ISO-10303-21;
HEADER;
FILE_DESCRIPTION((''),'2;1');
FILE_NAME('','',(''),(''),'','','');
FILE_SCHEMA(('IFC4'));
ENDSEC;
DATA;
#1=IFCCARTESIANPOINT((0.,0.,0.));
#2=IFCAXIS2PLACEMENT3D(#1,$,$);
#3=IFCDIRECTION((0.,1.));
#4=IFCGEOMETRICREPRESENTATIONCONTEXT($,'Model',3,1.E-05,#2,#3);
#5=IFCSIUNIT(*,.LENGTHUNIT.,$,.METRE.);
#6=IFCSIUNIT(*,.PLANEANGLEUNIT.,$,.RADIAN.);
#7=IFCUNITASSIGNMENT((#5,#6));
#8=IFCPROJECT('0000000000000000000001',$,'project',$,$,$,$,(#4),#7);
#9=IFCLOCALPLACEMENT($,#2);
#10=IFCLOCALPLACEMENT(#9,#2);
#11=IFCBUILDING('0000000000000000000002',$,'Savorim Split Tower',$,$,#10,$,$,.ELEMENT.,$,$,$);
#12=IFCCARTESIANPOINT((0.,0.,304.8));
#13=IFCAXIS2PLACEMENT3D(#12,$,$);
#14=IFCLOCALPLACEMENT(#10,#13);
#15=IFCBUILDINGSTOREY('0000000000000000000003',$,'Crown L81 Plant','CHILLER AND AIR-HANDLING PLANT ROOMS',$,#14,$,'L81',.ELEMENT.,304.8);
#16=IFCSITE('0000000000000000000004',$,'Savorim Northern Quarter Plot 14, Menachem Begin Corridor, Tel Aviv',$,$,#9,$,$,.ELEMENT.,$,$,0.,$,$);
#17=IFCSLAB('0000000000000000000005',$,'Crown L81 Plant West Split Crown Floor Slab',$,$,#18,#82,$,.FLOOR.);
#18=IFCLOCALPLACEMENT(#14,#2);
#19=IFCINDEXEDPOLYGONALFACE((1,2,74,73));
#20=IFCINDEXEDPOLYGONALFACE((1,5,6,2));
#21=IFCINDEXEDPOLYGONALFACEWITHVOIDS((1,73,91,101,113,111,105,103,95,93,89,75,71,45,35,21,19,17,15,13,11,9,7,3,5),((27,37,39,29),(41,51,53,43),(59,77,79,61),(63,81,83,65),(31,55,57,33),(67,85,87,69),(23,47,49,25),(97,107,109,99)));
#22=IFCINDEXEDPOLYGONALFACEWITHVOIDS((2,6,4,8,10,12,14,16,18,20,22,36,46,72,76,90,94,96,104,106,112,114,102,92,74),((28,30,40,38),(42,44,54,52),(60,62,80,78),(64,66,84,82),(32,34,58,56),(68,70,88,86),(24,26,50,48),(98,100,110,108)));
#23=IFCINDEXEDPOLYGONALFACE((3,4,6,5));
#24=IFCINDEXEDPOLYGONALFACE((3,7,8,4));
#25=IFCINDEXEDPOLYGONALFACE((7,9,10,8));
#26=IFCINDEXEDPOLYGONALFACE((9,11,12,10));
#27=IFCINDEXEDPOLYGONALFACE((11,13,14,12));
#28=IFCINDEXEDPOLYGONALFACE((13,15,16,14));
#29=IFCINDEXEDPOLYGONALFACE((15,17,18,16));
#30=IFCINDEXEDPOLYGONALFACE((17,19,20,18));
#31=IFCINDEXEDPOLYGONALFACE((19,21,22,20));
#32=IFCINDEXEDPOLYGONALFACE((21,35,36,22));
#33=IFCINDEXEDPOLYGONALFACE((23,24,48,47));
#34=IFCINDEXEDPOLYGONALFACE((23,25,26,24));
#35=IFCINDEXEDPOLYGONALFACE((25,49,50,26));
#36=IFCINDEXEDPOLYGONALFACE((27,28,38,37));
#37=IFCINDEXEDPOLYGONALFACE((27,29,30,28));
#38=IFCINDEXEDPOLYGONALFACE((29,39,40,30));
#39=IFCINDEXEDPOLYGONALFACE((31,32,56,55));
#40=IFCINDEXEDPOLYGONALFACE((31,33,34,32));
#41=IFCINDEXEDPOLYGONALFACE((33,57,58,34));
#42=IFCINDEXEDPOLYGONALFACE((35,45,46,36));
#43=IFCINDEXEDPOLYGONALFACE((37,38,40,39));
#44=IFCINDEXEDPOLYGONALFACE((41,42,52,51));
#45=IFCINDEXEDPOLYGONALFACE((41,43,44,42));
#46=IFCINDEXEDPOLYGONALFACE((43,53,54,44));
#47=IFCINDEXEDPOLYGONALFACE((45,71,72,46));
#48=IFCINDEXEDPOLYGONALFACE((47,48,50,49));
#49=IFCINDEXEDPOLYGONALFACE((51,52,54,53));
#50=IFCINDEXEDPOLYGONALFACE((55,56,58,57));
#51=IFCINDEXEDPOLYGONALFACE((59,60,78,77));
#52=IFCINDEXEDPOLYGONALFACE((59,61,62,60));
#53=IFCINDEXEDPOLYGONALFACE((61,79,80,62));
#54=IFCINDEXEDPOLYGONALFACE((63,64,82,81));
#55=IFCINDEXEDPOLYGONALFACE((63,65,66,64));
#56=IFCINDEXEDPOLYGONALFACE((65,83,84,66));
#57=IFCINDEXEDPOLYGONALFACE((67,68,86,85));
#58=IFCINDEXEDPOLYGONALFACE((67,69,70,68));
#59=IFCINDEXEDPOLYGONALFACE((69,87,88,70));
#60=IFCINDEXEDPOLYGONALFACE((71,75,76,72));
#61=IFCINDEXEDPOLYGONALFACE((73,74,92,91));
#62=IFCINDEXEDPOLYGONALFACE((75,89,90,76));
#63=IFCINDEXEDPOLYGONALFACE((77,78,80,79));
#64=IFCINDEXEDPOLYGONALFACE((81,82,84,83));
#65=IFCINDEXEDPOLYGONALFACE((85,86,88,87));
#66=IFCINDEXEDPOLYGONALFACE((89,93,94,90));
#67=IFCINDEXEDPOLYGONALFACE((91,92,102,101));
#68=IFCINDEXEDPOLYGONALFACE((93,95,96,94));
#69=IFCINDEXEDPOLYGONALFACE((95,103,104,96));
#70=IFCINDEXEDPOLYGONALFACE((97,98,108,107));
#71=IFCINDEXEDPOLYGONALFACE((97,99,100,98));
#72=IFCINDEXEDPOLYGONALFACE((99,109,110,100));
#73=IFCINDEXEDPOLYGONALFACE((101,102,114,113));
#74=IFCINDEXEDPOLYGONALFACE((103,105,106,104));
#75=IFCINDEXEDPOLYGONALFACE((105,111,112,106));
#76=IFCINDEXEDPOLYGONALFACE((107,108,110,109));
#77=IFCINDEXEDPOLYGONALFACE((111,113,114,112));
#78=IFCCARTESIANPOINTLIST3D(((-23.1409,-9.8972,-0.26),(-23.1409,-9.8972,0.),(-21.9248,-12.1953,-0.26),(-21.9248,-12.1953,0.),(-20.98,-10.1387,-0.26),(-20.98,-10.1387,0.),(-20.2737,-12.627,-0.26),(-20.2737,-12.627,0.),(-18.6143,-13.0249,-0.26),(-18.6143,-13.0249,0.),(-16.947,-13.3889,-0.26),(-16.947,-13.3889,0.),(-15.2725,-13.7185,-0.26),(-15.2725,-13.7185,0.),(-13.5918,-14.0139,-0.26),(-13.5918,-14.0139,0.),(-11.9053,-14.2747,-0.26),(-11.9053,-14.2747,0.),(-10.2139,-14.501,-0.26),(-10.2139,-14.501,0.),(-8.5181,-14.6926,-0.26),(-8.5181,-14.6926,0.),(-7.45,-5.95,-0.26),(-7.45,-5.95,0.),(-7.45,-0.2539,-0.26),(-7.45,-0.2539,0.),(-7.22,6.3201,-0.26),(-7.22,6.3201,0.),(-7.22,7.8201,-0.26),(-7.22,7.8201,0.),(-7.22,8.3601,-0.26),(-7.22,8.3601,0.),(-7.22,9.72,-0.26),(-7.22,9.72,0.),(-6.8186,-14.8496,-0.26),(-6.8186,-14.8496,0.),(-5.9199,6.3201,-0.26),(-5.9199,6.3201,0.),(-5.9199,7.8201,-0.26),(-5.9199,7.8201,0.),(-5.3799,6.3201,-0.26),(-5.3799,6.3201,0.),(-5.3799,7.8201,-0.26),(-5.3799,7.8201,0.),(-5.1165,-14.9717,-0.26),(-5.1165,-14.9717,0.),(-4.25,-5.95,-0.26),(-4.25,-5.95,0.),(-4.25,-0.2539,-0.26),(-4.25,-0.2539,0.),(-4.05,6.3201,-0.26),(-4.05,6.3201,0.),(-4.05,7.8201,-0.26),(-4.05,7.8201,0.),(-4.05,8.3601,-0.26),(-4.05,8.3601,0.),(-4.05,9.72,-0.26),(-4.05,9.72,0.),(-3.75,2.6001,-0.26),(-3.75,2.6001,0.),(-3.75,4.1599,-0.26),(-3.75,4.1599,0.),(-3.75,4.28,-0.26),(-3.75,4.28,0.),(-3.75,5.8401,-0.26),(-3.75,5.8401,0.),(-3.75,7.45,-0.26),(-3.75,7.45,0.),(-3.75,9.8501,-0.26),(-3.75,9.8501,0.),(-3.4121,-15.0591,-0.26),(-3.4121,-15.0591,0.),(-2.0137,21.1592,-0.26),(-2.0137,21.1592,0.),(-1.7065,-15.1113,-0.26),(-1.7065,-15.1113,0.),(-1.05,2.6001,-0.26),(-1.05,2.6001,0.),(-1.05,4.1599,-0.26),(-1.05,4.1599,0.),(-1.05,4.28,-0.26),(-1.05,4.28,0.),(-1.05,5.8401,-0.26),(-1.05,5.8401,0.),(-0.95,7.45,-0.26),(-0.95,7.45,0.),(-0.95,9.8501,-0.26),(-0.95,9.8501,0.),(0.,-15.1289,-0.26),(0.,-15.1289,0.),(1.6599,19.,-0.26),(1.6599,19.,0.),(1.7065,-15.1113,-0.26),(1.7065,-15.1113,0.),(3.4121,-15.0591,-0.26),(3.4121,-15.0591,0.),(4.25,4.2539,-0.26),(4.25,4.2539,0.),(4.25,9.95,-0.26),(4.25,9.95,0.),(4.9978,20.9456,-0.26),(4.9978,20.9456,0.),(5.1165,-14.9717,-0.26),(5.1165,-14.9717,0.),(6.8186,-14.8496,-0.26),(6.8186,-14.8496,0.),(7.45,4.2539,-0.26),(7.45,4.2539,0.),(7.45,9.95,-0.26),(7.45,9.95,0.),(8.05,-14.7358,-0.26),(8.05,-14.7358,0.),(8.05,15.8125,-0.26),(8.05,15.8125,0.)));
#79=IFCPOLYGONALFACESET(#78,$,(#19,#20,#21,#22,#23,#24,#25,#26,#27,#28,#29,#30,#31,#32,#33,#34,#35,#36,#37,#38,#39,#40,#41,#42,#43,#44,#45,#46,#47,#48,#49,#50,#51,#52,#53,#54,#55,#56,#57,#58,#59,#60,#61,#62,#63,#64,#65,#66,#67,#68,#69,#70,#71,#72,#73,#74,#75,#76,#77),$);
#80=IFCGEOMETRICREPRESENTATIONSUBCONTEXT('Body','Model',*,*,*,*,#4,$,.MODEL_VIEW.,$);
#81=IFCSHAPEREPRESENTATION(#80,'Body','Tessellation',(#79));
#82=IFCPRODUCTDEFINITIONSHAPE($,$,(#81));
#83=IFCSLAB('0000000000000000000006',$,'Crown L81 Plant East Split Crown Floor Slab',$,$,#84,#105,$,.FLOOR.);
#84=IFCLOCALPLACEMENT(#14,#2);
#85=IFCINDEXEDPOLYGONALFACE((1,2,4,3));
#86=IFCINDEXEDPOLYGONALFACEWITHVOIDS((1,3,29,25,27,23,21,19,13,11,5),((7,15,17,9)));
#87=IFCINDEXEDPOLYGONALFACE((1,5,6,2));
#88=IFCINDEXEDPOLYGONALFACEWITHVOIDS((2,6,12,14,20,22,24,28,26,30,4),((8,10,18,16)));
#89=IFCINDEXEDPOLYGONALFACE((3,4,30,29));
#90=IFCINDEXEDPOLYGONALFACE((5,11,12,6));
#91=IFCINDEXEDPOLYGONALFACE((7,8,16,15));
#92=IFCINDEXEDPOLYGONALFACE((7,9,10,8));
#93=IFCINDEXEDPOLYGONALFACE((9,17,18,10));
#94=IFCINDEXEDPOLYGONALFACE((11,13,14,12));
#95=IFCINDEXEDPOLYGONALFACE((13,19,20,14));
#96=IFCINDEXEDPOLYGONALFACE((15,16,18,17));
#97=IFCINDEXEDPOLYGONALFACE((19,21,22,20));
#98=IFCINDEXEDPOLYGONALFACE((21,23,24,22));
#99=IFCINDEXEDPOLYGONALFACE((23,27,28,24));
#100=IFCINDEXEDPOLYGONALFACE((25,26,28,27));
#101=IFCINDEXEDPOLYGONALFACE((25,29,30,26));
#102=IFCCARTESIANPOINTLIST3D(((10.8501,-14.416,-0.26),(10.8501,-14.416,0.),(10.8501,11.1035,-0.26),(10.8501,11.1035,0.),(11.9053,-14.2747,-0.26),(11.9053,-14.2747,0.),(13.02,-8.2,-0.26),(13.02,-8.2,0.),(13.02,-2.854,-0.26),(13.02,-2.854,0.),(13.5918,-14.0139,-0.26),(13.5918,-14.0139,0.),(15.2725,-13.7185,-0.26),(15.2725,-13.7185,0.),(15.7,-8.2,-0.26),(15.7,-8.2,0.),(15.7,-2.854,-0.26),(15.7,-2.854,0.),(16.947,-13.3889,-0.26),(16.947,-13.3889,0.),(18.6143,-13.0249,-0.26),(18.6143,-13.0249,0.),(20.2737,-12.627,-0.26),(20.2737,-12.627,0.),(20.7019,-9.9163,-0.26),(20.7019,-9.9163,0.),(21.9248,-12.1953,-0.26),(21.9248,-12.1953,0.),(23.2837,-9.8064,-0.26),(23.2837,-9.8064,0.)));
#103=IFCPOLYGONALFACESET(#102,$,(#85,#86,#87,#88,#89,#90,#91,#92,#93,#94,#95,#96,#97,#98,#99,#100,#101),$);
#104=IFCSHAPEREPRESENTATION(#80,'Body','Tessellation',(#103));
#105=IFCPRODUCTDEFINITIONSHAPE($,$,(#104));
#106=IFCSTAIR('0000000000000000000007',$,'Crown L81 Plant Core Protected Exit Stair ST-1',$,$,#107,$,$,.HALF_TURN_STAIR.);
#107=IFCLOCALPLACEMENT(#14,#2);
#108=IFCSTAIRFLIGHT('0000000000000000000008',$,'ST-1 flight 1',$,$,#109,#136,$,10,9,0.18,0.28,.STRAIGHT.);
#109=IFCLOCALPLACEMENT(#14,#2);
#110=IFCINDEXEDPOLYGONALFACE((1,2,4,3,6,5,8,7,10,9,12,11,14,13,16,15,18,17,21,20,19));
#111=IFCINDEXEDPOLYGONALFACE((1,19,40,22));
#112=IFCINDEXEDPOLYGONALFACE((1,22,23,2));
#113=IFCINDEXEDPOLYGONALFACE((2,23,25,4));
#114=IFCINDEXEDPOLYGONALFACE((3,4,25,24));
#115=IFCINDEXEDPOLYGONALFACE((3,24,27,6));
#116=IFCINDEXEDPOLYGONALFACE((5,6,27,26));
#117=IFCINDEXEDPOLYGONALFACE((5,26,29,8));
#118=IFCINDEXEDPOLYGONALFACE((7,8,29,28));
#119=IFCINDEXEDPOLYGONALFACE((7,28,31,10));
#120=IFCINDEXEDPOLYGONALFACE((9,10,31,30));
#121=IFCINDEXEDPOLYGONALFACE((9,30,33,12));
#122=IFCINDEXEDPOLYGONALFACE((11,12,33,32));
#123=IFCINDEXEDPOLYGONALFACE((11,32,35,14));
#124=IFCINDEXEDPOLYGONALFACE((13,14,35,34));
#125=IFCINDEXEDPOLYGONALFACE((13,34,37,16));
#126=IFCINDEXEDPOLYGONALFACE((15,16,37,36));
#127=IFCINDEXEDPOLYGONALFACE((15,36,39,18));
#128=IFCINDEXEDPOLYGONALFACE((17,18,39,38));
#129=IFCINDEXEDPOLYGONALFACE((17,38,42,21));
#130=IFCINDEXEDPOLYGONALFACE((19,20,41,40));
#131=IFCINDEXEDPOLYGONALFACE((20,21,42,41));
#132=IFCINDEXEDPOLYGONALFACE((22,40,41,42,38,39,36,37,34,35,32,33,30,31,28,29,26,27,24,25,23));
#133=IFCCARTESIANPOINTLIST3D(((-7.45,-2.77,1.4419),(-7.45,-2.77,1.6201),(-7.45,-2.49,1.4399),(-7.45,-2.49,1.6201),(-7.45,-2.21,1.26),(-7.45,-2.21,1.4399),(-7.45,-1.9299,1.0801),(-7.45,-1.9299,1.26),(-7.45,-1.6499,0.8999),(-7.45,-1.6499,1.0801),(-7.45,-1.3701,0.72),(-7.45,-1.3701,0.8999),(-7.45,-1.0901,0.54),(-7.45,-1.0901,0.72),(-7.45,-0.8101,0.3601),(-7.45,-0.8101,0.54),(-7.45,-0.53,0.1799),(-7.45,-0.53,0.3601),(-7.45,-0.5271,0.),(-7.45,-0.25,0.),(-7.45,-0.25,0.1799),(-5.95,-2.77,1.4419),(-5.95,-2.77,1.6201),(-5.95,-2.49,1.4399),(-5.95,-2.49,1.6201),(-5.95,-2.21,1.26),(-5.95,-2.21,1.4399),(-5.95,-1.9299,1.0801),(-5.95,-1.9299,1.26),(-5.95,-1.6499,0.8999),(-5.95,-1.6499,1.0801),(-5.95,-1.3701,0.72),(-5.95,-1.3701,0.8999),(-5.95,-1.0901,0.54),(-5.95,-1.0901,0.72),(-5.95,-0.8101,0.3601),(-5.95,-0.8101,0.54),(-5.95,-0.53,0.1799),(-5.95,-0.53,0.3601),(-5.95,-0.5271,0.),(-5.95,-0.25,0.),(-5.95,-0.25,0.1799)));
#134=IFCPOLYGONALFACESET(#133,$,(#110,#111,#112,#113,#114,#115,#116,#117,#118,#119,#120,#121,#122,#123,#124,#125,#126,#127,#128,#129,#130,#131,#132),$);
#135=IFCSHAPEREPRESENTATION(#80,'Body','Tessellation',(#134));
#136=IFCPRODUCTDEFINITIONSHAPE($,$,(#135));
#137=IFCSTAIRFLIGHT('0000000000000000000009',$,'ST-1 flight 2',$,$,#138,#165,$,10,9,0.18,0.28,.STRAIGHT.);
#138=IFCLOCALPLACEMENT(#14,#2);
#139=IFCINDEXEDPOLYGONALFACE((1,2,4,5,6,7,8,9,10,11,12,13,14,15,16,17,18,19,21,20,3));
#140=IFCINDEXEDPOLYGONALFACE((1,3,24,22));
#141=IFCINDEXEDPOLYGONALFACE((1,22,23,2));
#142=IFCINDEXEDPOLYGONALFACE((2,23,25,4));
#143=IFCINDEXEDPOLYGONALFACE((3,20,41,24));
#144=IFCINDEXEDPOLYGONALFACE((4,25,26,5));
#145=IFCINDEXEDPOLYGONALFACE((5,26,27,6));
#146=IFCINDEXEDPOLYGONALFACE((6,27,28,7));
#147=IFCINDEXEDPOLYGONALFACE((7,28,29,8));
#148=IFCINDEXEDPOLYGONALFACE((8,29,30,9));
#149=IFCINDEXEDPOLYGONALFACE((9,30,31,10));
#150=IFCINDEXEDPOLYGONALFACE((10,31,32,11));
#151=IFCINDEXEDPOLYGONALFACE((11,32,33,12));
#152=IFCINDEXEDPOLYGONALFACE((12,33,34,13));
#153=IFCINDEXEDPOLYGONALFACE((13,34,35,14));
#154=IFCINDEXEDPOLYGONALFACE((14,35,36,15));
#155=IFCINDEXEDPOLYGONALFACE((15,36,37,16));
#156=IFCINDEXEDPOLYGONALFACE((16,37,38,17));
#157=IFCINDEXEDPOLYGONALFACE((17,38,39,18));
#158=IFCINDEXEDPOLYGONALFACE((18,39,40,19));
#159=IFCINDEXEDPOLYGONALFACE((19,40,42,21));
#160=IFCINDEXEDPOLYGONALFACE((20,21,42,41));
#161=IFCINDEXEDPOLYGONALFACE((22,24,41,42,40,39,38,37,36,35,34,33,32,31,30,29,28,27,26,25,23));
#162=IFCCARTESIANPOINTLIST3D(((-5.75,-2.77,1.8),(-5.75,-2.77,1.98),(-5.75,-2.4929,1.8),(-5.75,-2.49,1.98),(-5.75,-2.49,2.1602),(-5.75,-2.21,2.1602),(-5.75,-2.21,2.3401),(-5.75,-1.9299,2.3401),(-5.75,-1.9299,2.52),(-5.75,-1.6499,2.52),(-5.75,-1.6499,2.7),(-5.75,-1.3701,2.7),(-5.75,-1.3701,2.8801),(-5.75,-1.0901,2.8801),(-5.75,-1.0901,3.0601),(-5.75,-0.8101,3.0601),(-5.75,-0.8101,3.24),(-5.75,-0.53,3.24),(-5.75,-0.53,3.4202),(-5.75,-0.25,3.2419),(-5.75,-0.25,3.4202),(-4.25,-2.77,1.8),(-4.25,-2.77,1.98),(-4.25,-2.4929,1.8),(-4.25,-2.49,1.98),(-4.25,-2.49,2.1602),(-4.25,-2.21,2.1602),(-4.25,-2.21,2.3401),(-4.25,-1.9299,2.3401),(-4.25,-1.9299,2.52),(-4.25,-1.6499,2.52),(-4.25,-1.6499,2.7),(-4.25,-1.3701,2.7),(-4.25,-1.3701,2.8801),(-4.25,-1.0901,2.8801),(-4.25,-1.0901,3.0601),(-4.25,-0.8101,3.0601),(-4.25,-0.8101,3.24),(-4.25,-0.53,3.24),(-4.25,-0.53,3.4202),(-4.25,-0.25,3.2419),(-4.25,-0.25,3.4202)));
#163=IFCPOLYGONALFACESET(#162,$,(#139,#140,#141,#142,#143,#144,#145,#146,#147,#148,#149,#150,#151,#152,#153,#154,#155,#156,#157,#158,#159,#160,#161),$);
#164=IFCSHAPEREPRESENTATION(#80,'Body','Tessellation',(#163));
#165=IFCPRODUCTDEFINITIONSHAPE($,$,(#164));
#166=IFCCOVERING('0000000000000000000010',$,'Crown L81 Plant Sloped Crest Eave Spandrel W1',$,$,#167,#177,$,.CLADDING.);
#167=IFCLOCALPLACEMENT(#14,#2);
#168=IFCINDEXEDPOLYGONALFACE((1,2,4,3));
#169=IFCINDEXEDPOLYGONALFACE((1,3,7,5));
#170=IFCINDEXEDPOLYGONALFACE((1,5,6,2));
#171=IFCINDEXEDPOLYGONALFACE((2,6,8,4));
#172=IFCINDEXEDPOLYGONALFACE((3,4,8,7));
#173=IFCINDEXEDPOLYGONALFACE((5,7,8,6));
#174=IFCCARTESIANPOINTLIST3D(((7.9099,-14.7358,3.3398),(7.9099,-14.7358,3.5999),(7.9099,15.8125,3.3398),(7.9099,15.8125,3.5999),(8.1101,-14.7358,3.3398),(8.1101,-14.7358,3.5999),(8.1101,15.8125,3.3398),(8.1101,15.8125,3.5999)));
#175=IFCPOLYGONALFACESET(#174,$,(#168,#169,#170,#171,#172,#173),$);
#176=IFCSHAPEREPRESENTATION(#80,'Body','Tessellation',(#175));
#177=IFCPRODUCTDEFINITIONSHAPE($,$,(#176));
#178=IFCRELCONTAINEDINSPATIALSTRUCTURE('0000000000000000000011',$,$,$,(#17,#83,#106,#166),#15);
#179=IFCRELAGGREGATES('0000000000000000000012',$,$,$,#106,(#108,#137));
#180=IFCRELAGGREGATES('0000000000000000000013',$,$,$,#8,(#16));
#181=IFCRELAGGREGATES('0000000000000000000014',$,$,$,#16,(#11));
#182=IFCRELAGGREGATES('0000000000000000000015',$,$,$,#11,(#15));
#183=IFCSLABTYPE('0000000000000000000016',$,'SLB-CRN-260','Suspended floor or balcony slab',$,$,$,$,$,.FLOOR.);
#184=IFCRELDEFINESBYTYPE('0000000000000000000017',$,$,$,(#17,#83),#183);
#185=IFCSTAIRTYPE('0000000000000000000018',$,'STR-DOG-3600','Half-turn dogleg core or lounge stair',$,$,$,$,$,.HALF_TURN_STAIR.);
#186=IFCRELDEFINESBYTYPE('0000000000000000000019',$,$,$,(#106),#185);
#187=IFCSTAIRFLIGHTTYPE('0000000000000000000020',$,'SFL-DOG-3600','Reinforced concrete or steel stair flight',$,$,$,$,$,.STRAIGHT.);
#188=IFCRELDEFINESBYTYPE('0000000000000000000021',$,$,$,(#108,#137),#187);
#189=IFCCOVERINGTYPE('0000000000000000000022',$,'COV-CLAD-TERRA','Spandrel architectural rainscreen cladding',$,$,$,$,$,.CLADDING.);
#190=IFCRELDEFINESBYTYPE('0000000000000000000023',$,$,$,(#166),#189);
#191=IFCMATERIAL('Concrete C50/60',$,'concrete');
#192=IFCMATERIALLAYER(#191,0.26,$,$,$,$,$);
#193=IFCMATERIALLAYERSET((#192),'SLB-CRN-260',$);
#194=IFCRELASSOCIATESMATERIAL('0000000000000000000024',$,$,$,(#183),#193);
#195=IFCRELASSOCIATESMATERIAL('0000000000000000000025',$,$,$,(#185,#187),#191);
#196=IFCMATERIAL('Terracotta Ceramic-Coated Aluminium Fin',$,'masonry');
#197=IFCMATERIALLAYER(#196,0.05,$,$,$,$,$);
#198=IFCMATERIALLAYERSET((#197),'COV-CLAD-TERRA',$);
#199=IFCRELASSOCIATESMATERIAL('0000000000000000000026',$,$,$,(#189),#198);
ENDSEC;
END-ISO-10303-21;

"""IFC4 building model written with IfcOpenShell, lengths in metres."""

from ifc_helpers import new_model, si_unit, direction, frame, origin, place, context, subcontext, project, spatial, polyline, outline, extrude, material, layer, layer_set, type_object, element, aggregate, save


model = new_model("IFC4")

# Units and contexts
model_context = context("Model", 3, precision=1e-05, world=origin(), true_north=direction((0.0, 1.0)))
body_context = subcontext(model_context, "Body", "Model", "MODEL_VIEW")
ifc_project = project(units=[si_unit("LENGTHUNIT", "METRE"), si_unit("PLANEANGLEUNIT", "RADIAN")], contexts=[model_context])

# Site, building, storey
site_placement = place(None, origin())
site = spatial("IfcSite", under=ifc_project, at=site_placement, Name="Savorim Northern Quarter Plot 14, Menachem Begin Corridor, Tel Aviv", CompositionType="ELEMENT", RefElevation=0.0)
building_placement = place(site_placement, origin())
building = spatial("IfcBuilding", under=site, at=building_placement, Name="Savorim Split Tower", CompositionType="ELEMENT")
storey_placement = place(building_placement, frame((0.0, 0.0, 304.8)))
storey = spatial("IfcBuildingStorey", under=building, at=storey_placement, Name="Crown L81 Plant", Description="CHILLER AND AIR-HANDLING PLANT ROOMS", LongName="L81", CompositionType="ELEMENT", Elevation=304.8)

# Slabs
ifc_material_1 = material(Name="Concrete C50/60", Category="concrete")
ifc_layer_1 = layer(ifc_material_1, 0.26)
ifc_layer_set_1 = layer_set([ifc_layer_1], Name="SLB-CRN-260")
slab_type = type_object("IfcSlabType", Name="SLB-CRN-260", Description="Suspended floor or balcony slab", PredefinedType="FLOOR", material=ifc_layer_set_1)
slab_1_placement = place(storey_placement, frame((0.0, 0.0, -0.26)))
element("IfcSlab", 1, at=slab_1_placement, inside=storey, type_object=slab_type, Name="Crown L81 Plant West Split Crown Floor Slab", PredefinedType="FLOOR", context=body_context, shape_type="SweptSolid", body=[
    extrude(outline(polyline([(8.05, -14.7358), (8.05, 15.8125), (4.9978, 20.9456), (1.6599, 19.0), (-2.0137, 21.1592), (-23.1409, -9.8972), (-20.98, -10.1387), (-21.9248, -12.1953), (-20.2737, -12.627), (-18.6143, -13.0249), (-16.947, -13.3889), (-15.2725, -13.7185), (-13.5918, -14.0139), (-11.9053, -14.2747), (-10.2139, -14.501), (-8.5181, -14.6926), (-6.8186, -14.8496), (-5.1165, -14.9717), (-3.4121, -15.0591), (-1.7065, -15.1113), (0.0, -15.1289), (1.7065, -15.1113), (3.4121, -15.0591), (5.1165, -14.9717), (6.8186, -14.8496), (8.05, -14.7358)]), holes=[polyline([(-7.45, -0.2539), (-7.45, -5.95), (-4.25, -5.95), (-4.25, -0.2539), (-7.45, -0.2539)]), polyline([(7.45, 4.2539), (7.45, 9.95), (4.25, 9.95), (4.25, 4.2539), (7.45, 4.2539)]), polyline([(-3.75, 2.6001), (-1.05, 2.6001), (-1.05, 4.1599), (-3.75, 4.1599), (-3.75, 2.6001)]), polyline([(-3.75, 4.28), (-1.05, 4.28), (-1.05, 5.8401), (-3.75, 5.8401), (-3.75, 4.28)]), polyline([(-3.75, 7.45), (-0.95, 7.45), (-0.95, 9.8501), (-3.75, 9.8501), (-3.75, 7.45)]), polyline([(-7.22, 6.3201), (-5.9199, 6.3201), (-5.9199, 7.8201), (-7.22, 7.8201), (-7.22, 6.3201)]), polyline([(-5.3799, 6.3201), (-4.05, 6.3201), (-4.05, 7.8201), (-5.3799, 7.8201), (-5.3799, 6.3201)]), polyline([(-7.22, 8.3601), (-4.05, 8.3601), (-4.05, 9.72), (-7.22, 9.72), (-7.22, 8.3601)])]), origin(), (0.0, 0.0, 1.0), 0.26),
])
slab_2_placement = place(storey_placement, frame((0.0, 0.0, -0.26)))
element("IfcSlab", 2, at=slab_2_placement, inside=storey, type_object=slab_type, Name="Crown L81 Plant East Split Crown Floor Slab", PredefinedType="FLOOR", context=body_context, shape_type="SweptSolid", body=[
    extrude(outline(polyline([(10.8501, 11.1035), (10.8501, -14.416), (11.9053, -14.2747), (13.5918, -14.0139), (15.2725, -13.7185), (16.947, -13.3889), (18.6143, -13.0249), (20.2737, -12.627), (21.9248, -12.1953), (20.7019, -9.9163), (23.2837, -9.8064), (10.8501, 11.1035)]), holes=[polyline([(13.02, -2.854), (13.02, -8.2), (15.7, -8.2), (15.7, -2.854), (13.02, -2.854)])]), origin(), (0.0, 0.0, 1.0), 0.26),
])

# Stair, stair flights
stair_type = type_object("IfcStairType", Name="STR-DOG-3600", Description="Half-turn dogleg core or lounge stair", PredefinedType="HALF_TURN_STAIR", material=ifc_material_1)
stair_placement = place(storey_placement, origin())
stair = element("IfcStair", 3, at=stair_placement, inside=storey, type_object=stair_type, Name="Crown L81 Plant Core Protected Exit Stair ST-1", PredefinedType="HALF_TURN_STAIR")
stair_flight_type = type_object("IfcStairFlightType", Name="SFL-DOG-3600", Description="Reinforced concrete or steel stair flight", PredefinedType="STRAIGHT", material=ifc_material_1)
stair_flight_1_placement = place(storey_placement, frame((-6.7, -0.25, 0.0), z_axis=(0.0, 0.0, 1.0), x_axis=(0.0, -1.0, 0.0)))
stair_flight_1 = element("IfcStairFlight", 4, at=stair_flight_1_placement, type_object=stair_flight_type, Name="ST-1 flight 1", NumberOfRisers=10, NumberOfTreads=9, PredefinedType="STRAIGHT", RiserHeight=0.18, TreadLength=0.28, context=body_context, shape_type="SweptSolid", body=[
    extrude(outline(polyline([(0.0, 0.0), (0.0, 0.1799), (0.28, 0.1799), (0.28, 0.3601), (0.5601, 0.3601), (0.5601, 0.54), (0.8401, 0.54), (0.8401, 0.72), (1.1201, 0.72), (1.1201, 0.8999), (1.3999, 0.8999), (1.3999, 1.0801), (1.6799, 1.0801), (1.6799, 1.26), (1.96, 1.26), (1.96, 1.4399), (2.24, 1.4399), (2.24, 1.6201), (2.52, 1.6201), (2.52, 1.8), (2.52, 1.4419), (0.2771, 0.0), (0.0, 0.0)])), frame((0.0, 0.75, 0.0), z_axis=(0.0, -1.0, 0.0), x_axis=(1.0, 0.0, 0.0)), (0.0, 0.0, 1.0), 1.5),
])
stair_flight_2_placement = place(storey_placement, frame((-5.0, -2.77, 1.8), z_axis=(0.0, 0.0, 1.0), x_axis=(0.0, 1.0, 0.0)))
stair_flight_2 = element("IfcStairFlight", 5, at=stair_flight_2_placement, type_object=stair_flight_type, Name="ST-1 flight 2", NumberOfRisers=10, NumberOfTreads=9, PredefinedType="STRAIGHT", RiserHeight=0.18, TreadLength=0.28, context=body_context, shape_type="SweptSolid", body=[
    extrude(outline(polyline([(0.0, 0.0), (0.0, 0.1799), (0.28, 0.1799), (0.28, 0.3601), (0.5601, 0.3601), (0.5601, 0.54), (0.8401, 0.54), (0.8401, 0.72), (1.1201, 0.72), (1.1201, 0.8999), (1.3999, 0.8999), (1.3999, 1.0801), (1.6799, 1.0801), (1.6799, 1.26), (1.96, 1.26), (1.96, 1.4399), (2.24, 1.4399), (2.24, 1.6201), (2.52, 1.6201), (2.52, 1.8), (2.52, 1.4419), (0.2771, 0.0), (0.0, 0.0)])), frame((0.0, 0.75, 0.0), z_axis=(0.0, -1.0, 0.0), x_axis=(1.0, 0.0, 0.0)), (0.0, 0.0, 1.0), 1.5),
])
aggregate(stair, [stair_flight_1, stair_flight_2])

# Covering
ifc_material_2 = material(Name="Terracotta Ceramic-Coated Aluminium Fin", Category="masonry")
ifc_layer_2 = layer(ifc_material_2, 0.05)
ifc_layer_set_2 = layer_set([ifc_layer_2], Name="COV-CLAD-TERRA")
covering_type = type_object("IfcCoveringType", Name="COV-CLAD-TERRA", Description="Spandrel architectural rainscreen cladding", PredefinedType="CLADDING", material=ifc_layer_set_2)
covering_1_placement = place(storey_placement, frame((0.0, 0.0, 3.3398)))
element("IfcCovering", 6, at=covering_1_placement, inside=storey, type_object=covering_type, Name="Crown L81 Plant Sloped Crest Eave Spandrel W1", PredefinedType="CLADDING", context=body_context, shape_type="SweptSolid", body=[
    extrude(outline(polyline([(8.1101, -14.7358), (8.1101, 15.8125), (7.9099, 15.8125), (7.9099, -14.7358), (8.1101, -14.7358)])), origin(), (0.0, 0.0, 1.0), 0.26),
])

save(model, "model.ifc")
